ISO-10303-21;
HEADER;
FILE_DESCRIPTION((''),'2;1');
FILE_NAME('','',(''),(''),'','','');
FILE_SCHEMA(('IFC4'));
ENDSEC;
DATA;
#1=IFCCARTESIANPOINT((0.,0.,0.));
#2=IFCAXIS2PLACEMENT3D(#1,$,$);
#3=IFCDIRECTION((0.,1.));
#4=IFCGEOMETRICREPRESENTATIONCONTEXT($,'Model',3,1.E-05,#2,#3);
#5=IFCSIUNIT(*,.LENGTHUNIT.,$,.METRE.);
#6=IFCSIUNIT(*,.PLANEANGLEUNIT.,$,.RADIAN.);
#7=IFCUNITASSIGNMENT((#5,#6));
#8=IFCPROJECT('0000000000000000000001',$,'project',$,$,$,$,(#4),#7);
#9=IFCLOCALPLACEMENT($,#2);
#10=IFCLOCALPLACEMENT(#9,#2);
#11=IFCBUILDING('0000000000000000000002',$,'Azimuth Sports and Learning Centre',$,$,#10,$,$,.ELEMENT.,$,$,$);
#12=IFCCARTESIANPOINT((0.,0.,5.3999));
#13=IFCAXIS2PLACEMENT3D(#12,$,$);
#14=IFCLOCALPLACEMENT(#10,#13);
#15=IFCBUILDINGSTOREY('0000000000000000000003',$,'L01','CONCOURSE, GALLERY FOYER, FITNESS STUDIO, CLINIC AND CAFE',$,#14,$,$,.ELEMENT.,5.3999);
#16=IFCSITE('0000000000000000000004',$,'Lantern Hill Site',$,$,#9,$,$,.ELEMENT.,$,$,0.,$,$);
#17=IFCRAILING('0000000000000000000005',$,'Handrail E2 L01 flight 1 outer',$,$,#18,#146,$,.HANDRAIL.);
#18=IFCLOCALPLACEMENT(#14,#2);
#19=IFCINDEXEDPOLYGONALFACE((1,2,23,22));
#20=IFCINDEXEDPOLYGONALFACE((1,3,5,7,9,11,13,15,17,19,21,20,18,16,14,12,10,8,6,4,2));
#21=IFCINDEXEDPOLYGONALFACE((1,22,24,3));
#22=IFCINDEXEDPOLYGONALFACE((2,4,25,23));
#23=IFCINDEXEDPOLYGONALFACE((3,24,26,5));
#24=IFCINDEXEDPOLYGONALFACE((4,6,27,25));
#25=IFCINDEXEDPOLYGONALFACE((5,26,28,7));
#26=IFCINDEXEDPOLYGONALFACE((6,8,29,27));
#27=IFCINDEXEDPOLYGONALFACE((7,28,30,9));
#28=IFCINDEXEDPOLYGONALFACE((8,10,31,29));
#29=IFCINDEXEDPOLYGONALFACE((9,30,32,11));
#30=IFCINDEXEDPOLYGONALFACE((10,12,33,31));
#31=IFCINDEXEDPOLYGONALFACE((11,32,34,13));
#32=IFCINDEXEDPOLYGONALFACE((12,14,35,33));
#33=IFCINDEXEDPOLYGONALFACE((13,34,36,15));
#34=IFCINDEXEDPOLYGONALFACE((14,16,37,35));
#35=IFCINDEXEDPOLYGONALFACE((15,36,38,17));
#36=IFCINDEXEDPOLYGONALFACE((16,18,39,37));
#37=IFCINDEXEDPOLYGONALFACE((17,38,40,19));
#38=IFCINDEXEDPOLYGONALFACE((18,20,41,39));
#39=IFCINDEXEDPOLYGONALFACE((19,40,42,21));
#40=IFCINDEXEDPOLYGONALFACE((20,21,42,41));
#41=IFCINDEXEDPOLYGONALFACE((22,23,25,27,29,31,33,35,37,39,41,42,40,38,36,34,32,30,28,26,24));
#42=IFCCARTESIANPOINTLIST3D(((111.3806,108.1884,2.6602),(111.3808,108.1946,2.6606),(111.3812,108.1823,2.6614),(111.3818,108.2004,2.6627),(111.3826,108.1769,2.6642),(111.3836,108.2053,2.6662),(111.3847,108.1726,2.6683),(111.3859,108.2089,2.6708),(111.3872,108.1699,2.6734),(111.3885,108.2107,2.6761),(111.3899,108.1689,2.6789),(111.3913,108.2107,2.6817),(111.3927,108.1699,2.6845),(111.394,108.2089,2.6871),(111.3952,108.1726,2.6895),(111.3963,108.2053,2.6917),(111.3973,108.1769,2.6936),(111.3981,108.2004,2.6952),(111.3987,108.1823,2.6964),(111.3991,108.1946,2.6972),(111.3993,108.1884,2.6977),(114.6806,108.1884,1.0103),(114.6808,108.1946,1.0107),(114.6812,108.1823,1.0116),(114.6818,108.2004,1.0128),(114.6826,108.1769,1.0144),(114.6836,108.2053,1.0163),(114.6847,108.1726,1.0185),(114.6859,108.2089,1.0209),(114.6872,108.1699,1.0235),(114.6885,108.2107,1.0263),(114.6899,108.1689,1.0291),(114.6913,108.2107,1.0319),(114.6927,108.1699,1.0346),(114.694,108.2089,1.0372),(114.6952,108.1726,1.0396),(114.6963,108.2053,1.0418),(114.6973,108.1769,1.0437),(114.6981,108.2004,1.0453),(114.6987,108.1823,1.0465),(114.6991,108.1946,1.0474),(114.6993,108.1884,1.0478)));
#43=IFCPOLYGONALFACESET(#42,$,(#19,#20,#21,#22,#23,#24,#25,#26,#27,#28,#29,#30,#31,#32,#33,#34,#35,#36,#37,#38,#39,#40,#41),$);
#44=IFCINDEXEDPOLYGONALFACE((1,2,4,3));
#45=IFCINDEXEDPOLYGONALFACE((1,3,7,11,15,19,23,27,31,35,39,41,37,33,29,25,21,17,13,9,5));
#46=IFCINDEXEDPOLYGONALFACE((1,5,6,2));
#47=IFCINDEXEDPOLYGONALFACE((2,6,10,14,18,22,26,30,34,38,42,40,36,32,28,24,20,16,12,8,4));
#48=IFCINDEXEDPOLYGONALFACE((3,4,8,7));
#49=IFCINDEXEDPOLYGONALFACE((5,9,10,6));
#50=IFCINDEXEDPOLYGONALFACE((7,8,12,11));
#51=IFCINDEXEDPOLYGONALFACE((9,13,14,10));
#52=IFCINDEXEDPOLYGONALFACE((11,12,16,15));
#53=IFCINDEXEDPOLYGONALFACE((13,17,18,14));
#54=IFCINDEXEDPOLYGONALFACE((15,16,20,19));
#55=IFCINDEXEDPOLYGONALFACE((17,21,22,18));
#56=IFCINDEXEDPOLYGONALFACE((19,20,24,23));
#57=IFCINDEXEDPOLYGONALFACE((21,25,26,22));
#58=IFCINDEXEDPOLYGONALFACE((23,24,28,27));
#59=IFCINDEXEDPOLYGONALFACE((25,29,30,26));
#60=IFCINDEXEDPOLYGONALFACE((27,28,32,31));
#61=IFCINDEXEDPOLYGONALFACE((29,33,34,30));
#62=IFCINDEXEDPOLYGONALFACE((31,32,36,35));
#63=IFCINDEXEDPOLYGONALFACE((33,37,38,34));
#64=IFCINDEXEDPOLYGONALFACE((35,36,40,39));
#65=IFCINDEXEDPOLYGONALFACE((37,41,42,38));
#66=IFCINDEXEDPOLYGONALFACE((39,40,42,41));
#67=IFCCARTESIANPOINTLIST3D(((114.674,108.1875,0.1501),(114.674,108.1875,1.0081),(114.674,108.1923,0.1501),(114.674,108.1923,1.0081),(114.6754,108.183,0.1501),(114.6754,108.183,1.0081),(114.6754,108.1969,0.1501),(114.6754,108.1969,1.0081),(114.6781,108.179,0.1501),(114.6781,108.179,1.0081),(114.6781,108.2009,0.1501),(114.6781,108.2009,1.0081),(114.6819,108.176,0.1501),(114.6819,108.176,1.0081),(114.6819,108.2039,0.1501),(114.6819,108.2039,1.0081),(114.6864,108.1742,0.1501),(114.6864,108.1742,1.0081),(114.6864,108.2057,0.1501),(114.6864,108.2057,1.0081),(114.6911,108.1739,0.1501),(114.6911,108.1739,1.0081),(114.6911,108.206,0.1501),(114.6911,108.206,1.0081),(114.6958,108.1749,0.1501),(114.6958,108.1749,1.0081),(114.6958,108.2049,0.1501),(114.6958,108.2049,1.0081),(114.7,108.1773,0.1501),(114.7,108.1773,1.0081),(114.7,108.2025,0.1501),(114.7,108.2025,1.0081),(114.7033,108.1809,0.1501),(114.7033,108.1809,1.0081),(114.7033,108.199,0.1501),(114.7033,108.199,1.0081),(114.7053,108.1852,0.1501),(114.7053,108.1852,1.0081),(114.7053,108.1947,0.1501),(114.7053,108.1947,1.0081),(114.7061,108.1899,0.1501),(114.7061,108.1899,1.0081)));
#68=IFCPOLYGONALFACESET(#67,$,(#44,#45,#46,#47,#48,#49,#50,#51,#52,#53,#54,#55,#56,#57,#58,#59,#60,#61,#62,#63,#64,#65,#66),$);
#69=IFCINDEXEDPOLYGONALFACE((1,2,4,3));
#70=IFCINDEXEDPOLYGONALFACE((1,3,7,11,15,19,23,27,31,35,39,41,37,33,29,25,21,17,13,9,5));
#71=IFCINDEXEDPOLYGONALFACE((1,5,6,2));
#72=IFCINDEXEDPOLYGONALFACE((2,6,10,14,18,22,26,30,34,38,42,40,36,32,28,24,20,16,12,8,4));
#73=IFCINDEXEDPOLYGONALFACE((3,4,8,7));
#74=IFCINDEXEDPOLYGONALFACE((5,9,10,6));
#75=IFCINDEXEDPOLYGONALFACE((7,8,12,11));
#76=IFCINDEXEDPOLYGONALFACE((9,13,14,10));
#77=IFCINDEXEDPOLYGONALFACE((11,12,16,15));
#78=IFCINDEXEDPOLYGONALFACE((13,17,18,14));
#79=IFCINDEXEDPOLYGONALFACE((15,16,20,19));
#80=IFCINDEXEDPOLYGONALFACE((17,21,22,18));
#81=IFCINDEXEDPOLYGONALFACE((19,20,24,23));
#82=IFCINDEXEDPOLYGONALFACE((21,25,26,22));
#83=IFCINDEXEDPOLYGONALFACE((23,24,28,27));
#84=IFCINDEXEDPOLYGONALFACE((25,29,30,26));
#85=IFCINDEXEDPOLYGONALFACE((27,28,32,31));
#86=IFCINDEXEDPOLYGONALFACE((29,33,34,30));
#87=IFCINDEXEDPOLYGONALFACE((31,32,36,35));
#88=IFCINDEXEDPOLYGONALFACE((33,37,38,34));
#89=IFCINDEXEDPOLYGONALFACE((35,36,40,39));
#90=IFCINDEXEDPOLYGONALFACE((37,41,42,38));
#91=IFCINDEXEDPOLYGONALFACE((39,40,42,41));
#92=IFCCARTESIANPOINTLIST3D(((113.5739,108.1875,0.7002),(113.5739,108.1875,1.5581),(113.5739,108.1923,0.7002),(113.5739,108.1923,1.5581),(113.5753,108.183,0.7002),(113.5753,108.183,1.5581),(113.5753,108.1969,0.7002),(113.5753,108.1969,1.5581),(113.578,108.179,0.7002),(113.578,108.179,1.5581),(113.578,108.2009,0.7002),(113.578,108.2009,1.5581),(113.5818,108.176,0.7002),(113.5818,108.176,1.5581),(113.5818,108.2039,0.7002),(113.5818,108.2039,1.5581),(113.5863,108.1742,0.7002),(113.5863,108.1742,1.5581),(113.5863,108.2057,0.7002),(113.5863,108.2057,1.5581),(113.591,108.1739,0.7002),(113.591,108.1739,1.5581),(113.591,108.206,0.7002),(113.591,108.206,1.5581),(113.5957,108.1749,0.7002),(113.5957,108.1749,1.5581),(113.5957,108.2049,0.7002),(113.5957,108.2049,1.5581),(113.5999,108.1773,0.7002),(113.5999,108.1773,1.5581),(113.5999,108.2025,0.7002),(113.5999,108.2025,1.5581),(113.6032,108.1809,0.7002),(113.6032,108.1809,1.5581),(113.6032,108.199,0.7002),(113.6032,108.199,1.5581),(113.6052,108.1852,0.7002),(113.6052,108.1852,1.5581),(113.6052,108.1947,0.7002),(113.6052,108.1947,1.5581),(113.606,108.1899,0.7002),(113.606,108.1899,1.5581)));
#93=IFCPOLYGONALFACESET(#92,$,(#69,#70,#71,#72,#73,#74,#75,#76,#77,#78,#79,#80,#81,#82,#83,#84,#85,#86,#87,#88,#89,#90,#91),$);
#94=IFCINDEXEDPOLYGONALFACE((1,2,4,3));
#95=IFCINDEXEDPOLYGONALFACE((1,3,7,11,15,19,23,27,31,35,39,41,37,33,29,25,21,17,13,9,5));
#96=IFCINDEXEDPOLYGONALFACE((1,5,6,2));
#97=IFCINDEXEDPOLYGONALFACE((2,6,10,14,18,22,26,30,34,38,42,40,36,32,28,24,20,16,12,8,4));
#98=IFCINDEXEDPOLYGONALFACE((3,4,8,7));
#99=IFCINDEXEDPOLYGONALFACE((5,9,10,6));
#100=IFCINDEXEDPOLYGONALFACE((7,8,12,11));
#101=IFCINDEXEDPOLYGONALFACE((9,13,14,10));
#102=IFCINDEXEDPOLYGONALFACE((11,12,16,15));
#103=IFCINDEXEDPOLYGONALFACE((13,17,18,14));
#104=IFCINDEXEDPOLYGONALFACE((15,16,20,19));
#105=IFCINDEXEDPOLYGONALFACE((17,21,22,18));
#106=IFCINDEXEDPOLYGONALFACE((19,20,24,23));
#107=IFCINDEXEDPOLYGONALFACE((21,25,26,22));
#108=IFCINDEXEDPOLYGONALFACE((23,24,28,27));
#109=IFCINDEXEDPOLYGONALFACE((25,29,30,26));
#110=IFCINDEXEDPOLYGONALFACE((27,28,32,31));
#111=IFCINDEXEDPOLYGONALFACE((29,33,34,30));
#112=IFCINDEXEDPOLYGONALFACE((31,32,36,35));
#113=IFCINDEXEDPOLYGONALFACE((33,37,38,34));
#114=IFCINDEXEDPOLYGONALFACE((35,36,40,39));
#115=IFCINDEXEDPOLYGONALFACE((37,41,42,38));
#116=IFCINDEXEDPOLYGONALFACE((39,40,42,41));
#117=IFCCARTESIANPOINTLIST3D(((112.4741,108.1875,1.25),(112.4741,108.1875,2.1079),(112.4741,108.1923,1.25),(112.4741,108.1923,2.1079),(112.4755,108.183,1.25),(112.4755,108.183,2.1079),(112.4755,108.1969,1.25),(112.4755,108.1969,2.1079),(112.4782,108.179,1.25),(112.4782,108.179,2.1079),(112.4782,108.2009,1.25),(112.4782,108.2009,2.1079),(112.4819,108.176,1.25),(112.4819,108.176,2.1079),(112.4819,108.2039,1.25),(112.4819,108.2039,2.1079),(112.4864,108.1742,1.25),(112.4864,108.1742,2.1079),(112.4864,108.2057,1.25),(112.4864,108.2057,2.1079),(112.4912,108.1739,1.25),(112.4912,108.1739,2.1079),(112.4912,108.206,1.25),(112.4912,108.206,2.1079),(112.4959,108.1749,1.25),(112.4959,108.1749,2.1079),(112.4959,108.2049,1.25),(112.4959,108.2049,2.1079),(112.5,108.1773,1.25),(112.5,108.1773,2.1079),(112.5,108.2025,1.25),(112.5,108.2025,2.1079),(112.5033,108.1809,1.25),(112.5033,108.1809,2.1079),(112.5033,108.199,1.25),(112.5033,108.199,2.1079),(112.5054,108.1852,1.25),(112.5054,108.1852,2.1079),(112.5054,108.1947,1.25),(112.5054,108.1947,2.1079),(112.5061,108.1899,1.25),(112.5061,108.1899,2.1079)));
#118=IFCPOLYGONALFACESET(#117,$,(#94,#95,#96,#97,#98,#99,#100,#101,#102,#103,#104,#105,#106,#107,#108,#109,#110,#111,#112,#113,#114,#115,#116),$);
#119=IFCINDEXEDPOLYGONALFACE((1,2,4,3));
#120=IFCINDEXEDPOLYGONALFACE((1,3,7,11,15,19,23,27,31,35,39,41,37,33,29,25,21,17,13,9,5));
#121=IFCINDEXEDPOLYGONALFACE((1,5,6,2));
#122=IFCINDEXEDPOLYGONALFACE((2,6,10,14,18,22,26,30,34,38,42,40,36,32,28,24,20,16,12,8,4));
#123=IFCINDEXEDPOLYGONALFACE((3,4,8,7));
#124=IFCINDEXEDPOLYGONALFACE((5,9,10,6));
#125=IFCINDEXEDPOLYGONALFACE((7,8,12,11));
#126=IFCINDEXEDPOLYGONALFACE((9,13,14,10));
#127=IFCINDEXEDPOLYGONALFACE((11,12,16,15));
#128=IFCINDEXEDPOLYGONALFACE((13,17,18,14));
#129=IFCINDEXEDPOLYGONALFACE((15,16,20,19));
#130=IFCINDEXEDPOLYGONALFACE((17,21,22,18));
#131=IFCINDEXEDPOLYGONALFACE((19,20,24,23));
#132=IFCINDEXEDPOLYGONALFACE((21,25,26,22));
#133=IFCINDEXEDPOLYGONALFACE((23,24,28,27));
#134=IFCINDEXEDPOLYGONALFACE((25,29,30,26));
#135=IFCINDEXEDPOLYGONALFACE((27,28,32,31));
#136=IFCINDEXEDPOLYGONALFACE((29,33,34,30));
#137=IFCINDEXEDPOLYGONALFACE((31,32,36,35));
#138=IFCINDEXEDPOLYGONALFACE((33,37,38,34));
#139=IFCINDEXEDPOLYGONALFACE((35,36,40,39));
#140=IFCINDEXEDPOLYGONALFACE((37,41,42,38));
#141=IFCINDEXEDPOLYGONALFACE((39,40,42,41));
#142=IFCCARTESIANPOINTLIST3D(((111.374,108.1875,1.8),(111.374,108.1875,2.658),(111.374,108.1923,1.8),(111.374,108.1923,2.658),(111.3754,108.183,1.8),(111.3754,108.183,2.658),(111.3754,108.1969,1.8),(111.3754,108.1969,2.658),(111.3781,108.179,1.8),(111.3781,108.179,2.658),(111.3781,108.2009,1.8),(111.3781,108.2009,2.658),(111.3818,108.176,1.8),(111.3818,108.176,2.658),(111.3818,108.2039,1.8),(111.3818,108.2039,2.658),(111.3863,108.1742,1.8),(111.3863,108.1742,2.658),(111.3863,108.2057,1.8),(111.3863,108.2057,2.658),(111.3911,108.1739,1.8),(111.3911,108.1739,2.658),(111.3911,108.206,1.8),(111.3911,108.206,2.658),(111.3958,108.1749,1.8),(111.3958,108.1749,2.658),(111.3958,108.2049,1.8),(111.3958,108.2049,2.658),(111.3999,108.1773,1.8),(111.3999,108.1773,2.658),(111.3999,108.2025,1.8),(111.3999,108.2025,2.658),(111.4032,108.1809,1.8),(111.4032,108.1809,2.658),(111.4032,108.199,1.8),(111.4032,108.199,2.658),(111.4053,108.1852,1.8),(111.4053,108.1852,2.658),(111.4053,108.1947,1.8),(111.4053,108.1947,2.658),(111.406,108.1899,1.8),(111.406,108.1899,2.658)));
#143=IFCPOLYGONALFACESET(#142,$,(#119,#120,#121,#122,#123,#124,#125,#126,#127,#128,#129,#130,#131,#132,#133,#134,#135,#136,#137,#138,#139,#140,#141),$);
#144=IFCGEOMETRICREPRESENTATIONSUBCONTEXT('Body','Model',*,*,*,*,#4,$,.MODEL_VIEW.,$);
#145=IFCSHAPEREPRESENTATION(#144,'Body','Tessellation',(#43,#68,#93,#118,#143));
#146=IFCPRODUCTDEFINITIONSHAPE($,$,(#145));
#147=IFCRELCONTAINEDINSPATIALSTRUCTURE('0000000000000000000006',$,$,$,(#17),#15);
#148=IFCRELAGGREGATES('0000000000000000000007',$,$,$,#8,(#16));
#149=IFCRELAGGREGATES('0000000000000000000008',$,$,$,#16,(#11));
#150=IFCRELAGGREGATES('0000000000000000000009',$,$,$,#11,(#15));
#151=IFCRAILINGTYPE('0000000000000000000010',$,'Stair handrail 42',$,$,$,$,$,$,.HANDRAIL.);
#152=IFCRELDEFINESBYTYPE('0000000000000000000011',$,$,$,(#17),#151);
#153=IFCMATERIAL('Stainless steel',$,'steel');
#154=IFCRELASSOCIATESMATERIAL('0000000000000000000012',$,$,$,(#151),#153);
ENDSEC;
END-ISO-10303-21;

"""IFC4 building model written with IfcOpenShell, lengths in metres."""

from ifc_helpers import new_model, si_unit, direction, frame, origin, origin_2d, place, context, subcontext, project, spatial, circle, extrude, material, type_object, element, save


model = new_model("IFC4")

# Units and contexts
model_context = context("Model", 3, precision=1e-05, world=origin(), true_north=direction((0.0, 1.0)))
body_context = subcontext(model_context, "Body", "Model", "MODEL_VIEW")
ifc_project = project(units=[si_unit("LENGTHUNIT", "METRE"), si_unit("PLANEANGLEUNIT", "RADIAN")], contexts=[model_context])

# Site, building, storey
site_placement = place(None, origin())
site = spatial("IfcSite", under=ifc_project, at=site_placement, Name="Lantern Hill Site", CompositionType="ELEMENT", RefElevation=0.0)
building_placement = place(site_placement, origin())
building = spatial("IfcBuilding", under=site, at=building_placement, Name="Azimuth Sports and Learning Centre", CompositionType="ELEMENT")
storey_placement = place(building_placement, frame((0.0, 0.0, 5.3999)))
storey = spatial("IfcBuildingStorey", under=building, at=storey_placement, Name="L01", Description="CONCOURSE, GALLERY FOYER, FITNESS STUDIO, CLINIC AND CAFE", CompositionType="ELEMENT", Elevation=5.3999)

# Railing
ifc_material_1 = material(Name="Stainless steel", Category="steel")
railing_type = type_object("IfcRailingType", Name="Stair handrail 42", PredefinedType="HANDRAIL", material=ifc_material_1)
for number, where, name in (
    (1, (114.6899, 108.1899, 0.1501), "Handrail E2 L01 flight 1 outer"),
):
    element("IfcRailing", number, at=place(storey_placement, frame(where)), inside=storey, type_object=railing_type, Name=name, PredefinedType="HANDRAIL", context=body_context, shape_type="SweptSolid", body=[
        extrude(circle(Radius=0.021, at=origin_2d()), frame((0.0, 0.0, 0.8789), z_axis=(-0.89444, 0.0, 0.447187), x_axis=(0.0, -1.0, 0.0)), (0.0, 0.0, 1.0), 3.6895),
        extrude(circle(Radius=0.0161, at=origin_2d()), origin(), (0.0, 0.0, 1.0), 0.8579),
        extrude(circle(Radius=0.0161, at=origin_2d()), frame((-1.1001, 0.0, 0.55)), (0.0, 0.0, 1.0), 0.8579),
        extrude(circle(Radius=0.0161, at=origin_2d()), frame((-2.2, 0.0, 1.0999)), (0.0, 0.0, 1.0), 0.8579),
        extrude(circle(Radius=0.0161, at=origin_2d()), frame((-3.3, 0.0, 1.6499)), (0.0, 0.0, 1.0), 0.8579),
    ])

save(model, "model.ifc")
